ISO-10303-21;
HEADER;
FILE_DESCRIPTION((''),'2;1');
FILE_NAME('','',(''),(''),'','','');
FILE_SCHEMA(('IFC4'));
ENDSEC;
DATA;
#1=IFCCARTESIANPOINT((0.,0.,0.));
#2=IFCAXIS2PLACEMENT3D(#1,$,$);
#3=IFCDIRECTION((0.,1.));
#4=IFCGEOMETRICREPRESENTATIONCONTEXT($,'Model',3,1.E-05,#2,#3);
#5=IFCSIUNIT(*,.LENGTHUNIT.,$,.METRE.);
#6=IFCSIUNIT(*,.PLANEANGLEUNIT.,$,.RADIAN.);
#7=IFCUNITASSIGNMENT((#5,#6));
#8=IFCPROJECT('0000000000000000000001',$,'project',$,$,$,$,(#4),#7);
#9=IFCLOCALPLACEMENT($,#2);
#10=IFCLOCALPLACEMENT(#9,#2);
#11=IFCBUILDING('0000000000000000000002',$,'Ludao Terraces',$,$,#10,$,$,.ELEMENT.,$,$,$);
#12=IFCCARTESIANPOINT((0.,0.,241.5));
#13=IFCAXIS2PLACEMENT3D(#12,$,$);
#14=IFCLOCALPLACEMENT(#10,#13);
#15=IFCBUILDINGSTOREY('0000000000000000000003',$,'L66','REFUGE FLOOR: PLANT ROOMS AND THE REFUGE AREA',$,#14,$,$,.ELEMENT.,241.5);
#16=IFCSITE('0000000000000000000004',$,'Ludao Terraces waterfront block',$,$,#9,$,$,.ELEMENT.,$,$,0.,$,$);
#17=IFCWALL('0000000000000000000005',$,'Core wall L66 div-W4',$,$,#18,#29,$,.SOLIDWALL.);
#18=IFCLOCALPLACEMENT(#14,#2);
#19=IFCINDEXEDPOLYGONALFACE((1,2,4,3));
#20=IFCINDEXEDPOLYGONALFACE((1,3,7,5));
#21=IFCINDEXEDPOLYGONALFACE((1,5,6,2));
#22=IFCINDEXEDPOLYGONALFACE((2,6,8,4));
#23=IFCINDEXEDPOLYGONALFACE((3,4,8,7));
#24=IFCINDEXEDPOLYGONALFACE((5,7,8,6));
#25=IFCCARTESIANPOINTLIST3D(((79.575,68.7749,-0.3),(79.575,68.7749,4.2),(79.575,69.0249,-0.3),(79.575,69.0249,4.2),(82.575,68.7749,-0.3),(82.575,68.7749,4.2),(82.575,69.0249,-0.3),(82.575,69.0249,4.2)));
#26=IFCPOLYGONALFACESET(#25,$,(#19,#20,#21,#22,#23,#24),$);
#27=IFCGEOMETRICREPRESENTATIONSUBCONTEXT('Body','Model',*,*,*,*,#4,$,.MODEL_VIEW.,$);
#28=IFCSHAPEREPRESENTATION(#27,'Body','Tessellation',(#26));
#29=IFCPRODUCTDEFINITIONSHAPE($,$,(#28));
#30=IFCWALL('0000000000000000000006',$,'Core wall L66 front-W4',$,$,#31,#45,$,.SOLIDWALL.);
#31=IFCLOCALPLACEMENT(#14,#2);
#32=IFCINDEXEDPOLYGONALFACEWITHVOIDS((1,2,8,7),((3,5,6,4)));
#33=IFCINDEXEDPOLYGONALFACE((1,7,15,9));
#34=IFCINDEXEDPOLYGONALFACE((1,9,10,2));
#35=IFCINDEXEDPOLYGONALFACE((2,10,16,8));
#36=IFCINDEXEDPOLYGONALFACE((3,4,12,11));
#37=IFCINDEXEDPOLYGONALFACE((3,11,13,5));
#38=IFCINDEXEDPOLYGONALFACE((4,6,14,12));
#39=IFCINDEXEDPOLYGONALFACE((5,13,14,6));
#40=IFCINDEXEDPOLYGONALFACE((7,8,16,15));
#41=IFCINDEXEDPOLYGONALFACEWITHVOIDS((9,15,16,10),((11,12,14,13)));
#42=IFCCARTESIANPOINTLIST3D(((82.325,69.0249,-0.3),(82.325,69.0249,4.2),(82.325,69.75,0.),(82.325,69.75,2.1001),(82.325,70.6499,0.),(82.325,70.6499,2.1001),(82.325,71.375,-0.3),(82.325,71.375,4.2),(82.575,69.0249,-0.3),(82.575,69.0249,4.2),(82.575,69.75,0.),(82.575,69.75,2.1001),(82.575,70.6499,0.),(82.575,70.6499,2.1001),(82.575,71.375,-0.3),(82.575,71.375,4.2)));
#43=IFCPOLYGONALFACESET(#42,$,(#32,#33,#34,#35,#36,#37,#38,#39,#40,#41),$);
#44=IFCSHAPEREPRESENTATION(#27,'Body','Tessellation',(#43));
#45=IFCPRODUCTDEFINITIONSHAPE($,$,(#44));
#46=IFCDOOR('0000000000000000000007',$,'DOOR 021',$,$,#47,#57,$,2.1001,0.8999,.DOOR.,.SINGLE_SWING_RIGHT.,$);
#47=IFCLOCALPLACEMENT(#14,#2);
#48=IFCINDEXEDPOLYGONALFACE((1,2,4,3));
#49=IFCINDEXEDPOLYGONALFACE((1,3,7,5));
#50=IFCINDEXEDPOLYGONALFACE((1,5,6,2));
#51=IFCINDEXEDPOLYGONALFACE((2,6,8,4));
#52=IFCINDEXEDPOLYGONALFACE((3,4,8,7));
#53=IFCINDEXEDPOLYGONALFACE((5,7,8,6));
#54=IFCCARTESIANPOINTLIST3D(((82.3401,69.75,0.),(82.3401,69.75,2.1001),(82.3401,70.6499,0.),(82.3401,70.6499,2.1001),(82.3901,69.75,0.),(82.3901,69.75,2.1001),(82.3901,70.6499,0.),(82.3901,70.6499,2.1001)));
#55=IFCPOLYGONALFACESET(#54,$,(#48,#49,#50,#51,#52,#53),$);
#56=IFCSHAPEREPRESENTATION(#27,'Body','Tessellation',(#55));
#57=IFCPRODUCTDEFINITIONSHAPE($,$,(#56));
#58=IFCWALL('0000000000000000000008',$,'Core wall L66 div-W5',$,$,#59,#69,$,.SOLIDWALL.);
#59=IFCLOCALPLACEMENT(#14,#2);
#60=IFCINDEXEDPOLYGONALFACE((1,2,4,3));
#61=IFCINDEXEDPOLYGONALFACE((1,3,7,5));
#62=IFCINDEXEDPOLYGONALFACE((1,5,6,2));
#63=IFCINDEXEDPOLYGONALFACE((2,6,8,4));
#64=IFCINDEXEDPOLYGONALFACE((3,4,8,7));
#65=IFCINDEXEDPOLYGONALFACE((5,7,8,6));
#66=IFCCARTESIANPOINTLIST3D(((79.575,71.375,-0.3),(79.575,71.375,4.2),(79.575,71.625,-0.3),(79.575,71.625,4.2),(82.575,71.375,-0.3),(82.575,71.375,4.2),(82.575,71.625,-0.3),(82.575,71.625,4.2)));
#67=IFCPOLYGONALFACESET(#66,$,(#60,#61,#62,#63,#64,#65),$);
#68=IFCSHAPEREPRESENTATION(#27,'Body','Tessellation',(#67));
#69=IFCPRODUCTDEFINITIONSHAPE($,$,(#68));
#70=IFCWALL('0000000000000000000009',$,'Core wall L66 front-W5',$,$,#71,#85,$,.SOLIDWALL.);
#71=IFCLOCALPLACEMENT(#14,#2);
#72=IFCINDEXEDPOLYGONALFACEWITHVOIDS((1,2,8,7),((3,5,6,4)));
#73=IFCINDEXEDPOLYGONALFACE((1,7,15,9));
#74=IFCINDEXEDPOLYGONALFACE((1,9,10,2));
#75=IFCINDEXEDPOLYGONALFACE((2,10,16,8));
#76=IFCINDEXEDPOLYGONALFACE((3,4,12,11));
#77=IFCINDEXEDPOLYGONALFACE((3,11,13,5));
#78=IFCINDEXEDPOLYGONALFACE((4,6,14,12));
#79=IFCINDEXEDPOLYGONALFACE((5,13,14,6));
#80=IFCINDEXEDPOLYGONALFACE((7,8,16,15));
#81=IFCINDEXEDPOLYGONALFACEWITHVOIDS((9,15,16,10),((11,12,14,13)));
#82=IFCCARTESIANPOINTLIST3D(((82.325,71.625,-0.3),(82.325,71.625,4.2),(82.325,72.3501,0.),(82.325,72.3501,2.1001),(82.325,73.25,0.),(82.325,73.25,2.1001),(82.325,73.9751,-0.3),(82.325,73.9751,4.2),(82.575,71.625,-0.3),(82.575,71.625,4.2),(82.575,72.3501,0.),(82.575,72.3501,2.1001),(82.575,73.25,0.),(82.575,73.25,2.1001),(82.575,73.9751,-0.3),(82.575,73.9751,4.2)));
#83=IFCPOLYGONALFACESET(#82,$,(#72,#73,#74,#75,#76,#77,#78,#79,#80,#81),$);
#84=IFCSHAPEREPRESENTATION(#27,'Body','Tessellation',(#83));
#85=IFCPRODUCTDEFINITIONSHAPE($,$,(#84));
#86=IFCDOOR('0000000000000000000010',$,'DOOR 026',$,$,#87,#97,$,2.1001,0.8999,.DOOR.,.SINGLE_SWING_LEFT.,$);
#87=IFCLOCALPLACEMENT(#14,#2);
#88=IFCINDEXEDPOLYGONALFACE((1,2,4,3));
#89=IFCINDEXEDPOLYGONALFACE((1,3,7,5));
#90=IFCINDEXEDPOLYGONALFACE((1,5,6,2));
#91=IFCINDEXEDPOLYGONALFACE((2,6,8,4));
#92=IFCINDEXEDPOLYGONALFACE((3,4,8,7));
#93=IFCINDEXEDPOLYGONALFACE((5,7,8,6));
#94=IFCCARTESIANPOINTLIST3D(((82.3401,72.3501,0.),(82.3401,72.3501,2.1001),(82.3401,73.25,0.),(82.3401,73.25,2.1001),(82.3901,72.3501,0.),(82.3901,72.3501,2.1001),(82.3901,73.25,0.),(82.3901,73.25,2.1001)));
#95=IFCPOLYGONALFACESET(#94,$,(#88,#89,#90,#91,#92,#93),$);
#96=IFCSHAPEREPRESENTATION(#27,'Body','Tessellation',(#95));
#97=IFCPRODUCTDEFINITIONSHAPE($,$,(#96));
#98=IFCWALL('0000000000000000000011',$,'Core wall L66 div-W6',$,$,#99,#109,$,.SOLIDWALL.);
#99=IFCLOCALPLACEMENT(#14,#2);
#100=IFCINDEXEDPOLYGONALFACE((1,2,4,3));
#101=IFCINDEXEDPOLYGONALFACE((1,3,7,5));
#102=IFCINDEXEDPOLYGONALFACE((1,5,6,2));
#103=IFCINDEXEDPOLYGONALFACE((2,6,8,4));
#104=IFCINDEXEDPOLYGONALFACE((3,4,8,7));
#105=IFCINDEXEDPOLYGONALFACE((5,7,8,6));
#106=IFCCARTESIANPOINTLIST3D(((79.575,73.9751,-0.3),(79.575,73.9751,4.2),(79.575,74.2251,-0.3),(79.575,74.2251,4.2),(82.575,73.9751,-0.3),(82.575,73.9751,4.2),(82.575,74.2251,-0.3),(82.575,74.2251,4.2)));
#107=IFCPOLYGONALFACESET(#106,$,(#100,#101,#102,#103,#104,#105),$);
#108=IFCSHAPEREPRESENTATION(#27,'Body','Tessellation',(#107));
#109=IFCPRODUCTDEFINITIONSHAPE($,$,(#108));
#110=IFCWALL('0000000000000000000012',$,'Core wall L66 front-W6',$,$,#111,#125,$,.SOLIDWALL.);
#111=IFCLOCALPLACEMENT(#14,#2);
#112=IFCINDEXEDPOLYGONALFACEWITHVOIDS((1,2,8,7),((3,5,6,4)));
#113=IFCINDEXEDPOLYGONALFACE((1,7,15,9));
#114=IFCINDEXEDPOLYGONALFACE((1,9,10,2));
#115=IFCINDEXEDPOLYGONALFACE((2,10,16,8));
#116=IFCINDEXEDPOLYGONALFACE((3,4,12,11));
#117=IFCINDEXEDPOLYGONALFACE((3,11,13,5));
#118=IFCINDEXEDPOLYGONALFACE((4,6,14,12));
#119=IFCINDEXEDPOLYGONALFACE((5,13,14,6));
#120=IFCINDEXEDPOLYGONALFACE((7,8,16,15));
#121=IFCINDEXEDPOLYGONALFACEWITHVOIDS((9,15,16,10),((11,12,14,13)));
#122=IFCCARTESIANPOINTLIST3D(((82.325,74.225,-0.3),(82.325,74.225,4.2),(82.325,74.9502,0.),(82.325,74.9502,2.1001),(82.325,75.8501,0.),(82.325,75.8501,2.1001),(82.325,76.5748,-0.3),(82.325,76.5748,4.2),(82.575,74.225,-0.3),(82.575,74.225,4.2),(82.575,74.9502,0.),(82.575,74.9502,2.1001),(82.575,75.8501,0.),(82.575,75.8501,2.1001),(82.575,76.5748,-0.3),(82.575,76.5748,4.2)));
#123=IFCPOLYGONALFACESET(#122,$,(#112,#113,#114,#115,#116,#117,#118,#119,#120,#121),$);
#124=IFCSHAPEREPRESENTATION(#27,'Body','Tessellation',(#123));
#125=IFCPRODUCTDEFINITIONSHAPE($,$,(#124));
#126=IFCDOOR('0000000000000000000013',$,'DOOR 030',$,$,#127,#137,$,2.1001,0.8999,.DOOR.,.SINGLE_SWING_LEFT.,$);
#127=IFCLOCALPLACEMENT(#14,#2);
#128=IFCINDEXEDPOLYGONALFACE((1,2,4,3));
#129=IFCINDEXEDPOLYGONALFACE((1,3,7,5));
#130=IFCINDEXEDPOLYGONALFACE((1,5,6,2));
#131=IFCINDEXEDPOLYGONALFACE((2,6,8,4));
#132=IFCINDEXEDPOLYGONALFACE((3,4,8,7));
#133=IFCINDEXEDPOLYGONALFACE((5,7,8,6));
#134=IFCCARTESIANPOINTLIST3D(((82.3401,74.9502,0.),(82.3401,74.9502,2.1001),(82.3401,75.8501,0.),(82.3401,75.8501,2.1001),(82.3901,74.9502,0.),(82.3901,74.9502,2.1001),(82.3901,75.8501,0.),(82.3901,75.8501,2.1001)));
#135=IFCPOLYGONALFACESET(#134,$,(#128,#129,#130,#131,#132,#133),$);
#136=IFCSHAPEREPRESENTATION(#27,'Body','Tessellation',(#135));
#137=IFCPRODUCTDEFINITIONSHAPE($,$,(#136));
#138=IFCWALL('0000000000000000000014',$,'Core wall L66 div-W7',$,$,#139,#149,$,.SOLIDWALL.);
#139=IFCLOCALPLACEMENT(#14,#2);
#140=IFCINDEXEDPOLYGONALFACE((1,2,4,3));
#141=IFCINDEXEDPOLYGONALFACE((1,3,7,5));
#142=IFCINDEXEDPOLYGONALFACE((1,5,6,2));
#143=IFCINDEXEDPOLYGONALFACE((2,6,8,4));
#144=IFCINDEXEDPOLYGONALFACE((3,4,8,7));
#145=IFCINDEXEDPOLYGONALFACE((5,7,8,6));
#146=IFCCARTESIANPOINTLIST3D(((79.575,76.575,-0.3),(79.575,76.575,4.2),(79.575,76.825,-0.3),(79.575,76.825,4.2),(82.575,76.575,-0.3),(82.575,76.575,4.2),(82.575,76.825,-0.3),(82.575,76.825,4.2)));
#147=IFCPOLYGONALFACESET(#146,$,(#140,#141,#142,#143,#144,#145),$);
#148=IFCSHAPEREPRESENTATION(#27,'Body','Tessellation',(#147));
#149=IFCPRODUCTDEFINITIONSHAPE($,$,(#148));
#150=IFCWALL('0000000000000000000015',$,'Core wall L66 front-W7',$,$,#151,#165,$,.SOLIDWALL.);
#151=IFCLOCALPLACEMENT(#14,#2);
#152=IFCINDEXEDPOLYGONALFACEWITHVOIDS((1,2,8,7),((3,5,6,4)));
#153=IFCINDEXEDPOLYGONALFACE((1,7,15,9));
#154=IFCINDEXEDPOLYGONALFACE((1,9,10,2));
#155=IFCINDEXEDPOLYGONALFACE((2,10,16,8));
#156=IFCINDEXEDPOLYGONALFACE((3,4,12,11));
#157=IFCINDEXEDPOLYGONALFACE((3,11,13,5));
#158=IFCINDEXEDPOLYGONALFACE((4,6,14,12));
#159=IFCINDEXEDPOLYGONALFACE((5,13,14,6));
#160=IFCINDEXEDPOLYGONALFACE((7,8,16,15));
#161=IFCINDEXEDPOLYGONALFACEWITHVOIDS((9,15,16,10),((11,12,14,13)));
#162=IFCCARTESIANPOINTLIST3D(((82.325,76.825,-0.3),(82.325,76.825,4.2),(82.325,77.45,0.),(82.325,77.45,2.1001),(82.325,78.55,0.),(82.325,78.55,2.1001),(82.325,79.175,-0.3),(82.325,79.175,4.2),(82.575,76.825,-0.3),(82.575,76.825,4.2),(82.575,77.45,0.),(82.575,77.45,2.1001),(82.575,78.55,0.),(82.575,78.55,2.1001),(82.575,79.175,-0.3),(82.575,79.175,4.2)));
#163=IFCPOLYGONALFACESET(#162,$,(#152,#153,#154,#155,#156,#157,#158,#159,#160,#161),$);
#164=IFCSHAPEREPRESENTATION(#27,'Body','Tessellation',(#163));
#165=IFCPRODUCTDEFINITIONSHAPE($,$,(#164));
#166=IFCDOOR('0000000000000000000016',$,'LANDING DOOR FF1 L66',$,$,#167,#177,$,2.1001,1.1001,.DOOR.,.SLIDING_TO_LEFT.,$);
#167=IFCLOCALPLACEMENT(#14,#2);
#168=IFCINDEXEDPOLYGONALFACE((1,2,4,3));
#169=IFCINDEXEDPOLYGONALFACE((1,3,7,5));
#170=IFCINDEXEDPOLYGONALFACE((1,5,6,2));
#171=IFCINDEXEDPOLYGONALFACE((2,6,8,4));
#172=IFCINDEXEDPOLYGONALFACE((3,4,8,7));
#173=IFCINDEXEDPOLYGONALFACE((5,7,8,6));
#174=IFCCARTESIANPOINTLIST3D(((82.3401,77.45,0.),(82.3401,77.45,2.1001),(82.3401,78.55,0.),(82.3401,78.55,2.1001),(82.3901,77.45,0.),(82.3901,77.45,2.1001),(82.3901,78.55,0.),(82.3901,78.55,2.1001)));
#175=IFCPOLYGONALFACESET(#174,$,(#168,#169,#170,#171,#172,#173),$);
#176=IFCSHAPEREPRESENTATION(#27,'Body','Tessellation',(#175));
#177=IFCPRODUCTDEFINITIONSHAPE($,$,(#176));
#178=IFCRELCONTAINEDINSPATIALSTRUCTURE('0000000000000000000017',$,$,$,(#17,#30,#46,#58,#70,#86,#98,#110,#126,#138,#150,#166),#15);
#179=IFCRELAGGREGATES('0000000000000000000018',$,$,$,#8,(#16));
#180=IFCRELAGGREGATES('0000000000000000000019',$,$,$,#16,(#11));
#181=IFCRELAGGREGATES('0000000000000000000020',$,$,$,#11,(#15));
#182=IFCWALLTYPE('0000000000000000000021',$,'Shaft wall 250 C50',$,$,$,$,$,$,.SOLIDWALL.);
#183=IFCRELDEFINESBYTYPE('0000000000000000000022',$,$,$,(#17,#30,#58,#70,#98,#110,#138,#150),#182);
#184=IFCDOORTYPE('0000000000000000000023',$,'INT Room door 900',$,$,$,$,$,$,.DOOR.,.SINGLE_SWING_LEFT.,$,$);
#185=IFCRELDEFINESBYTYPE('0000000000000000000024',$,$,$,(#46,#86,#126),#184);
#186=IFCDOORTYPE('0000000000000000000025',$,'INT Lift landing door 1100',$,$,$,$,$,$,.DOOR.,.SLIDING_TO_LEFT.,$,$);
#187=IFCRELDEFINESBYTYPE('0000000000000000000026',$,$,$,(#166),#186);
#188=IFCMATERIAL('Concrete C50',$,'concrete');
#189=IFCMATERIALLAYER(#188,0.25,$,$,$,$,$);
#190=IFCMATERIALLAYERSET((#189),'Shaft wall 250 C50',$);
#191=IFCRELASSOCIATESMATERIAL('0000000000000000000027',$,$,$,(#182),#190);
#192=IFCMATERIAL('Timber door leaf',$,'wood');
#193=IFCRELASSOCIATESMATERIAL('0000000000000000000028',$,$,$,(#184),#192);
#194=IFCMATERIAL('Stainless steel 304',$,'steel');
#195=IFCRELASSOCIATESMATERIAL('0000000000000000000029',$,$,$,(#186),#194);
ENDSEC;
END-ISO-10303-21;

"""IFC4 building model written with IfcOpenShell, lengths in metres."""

from ifc_helpers import new_model, si_unit, direction, frame, frame_2d, origin, place, context, subcontext, project, spatial, rectangle, extrude, material, layer, layer_set, type_object, element, fill, save


model = new_model("IFC4")

# Units and contexts
model_context = context("Model", 3, precision=1e-05, world=origin(), true_north=direction((0.0, 1.0)))
body_context = subcontext(model_context, "Body", "Model", "MODEL_VIEW")
ifc_project = project(units=[si_unit("LENGTHUNIT", "METRE"), si_unit("PLANEANGLEUNIT", "RADIAN")], contexts=[model_context])

# Site, building, storey
site_placement = place(None, origin())
site = spatial("IfcSite", under=ifc_project, at=site_placement, Name="Ludao Terraces waterfront block", CompositionType="ELEMENT", RefElevation=0.0)
building_placement = place(site_placement, origin())
building = spatial("IfcBuilding", under=site, at=building_placement, Name="Ludao Terraces", CompositionType="ELEMENT")
storey_placement = place(building_placement, frame((0.0, 0.0, 241.5)))
storey = spatial("IfcBuildingStorey", under=building, at=storey_placement, Name="L66", Description="REFUGE FLOOR: PLANT ROOMS AND THE REFUGE AREA", CompositionType="ELEMENT", Elevation=241.5)

# Shared definitions
ifc_material_1 = material(Name="Concrete C50", Category="concrete")

# Shared definitions
ifc_layer_1 = layer(ifc_material_1, 0.25)
ifc_layer_set_1 = layer_set([ifc_layer_1], Name="Shaft wall 250 C50")
wall_type_1 = type_object("IfcWallType", Name="Shaft wall 250 C50", PredefinedType="SOLIDWALL", material=ifc_layer_set_1)

# Shared definitions
ifc_material_2 = material(Name="Timber door leaf", Category="wood")
door_type_1 = type_object("IfcDoorType", Name="INT Room door 900", OperationType="SINGLE_SWING_LEFT", PredefinedType="DOOR", material=ifc_material_2)

# Wall
wall_1_placement = place(storey_placement, frame((79.575, 68.8999, -0.3), z_axis=(0.0, 0.0, 1.0), x_axis=(1.0, 0.0, 0.0)))
element("IfcWall", 1, at=wall_1_placement, inside=storey, type_object=wall_type_1, Name="Core wall L66 div-W4", PredefinedType="SOLIDWALL", context=body_context, shape_type="SweptSolid", body=[
    extrude(rectangle(XDim=3.0, YDim=0.25, at=frame_2d((1.5, 0.0))), origin(), (0.0, 0.0, 1.0), 4.5),
])

# Wall, opening, door
wall_2_placement = place(storey_placement, frame((82.45, 69.0249, -0.3), z_axis=(0.0, 0.0, 1.0), x_axis=(0.0, 1.0, 0.0)))
wall_2 = element("IfcWall", 2, at=wall_2_placement, inside=storey, type_object=wall_type_1, Name="Core wall L66 front-W4", PredefinedType="SOLIDWALL", context=body_context, shape_type="SweptSolid", body=[
    extrude(rectangle(XDim=2.3501, YDim=0.25, at=frame_2d((1.175, 0.0))), origin(), (0.0, 0.0, 1.0), 4.5),
])
opening_1_placement = place(wall_2_placement, frame((0.7251, 0.0, 0.3)))
opening_1 = element("IfcOpeningElement", 3, at=opening_1_placement, cuts=wall_2, PredefinedType="OPENING", context=body_context, shape_type="SweptSolid", body=[
    extrude(rectangle(XDim=0.8999, YDim=2.1001, at=frame_2d((0.45, 1.05))), frame((0.0, 0.135, 0.0), z_axis=(0.0, -1.0, 0.0), x_axis=(1.0, 0.0, 0.0)), (0.0, 0.0, 1.0), 0.27),
])
door_1_placement = place(opening_1_placement, origin())
door_1 = element("IfcDoor", 4, at=door_1_placement, inside=storey, type_object=door_type_1, Name="DOOR 021", OperationType="SINGLE_SWING_RIGHT", OverallHeight=2.1001, OverallWidth=0.8999, PredefinedType="DOOR", context=body_context, shape_type="SweptSolid", body=[
    extrude(rectangle(XDim=0.8999, YDim=2.1001, at=frame_2d((0.45, 1.05))), frame((0.0, 0.1099, 0.0), z_axis=(0.0, -1.0, 0.0), x_axis=(1.0, 0.0, 0.0)), (0.0, 0.0, 1.0), 0.05),
])
fill(opening_1, door_1)

# Wall
wall_3_placement = place(storey_placement, frame((79.575, 71.5, -0.3), z_axis=(0.0, 0.0, 1.0), x_axis=(1.0, 0.0, 0.0)))
element("IfcWall", 5, at=wall_3_placement, inside=storey, type_object=wall_type_1, Name="Core wall L66 div-W5", PredefinedType="SOLIDWALL", context=body_context, shape_type="SweptSolid", body=[
    extrude(rectangle(XDim=3.0, YDim=0.25, at=frame_2d((1.5, 0.0))), origin(), (0.0, 0.0, 1.0), 4.5),
])

# Wall, opening, door
wall_4_placement = place(storey_placement, frame((82.45, 71.625, -0.3), z_axis=(0.0, 0.0, 1.0), x_axis=(0.0, 1.0, 0.0)))
wall_4 = element("IfcWall", 6, at=wall_4_placement, inside=storey, type_object=wall_type_1, Name="Core wall L66 front-W5", PredefinedType="SOLIDWALL", context=body_context, shape_type="SweptSolid", body=[
    extrude(rectangle(XDim=2.3501, YDim=0.25, at=frame_2d((1.175, 0.0))), origin(), (0.0, 0.0, 1.0), 4.5),
])
opening_2_placement = place(wall_4_placement, frame((0.7251, 0.0, 0.3)))
opening_2 = element("IfcOpeningElement", 7, at=opening_2_placement, cuts=wall_4, PredefinedType="OPENING", context=body_context, shape_type="SweptSolid", body=[
    extrude(rectangle(XDim=0.8999, YDim=2.1001, at=frame_2d((0.45, 1.05))), frame((0.0, 0.135, 0.0), z_axis=(0.0, -1.0, 0.0), x_axis=(1.0, 0.0, 0.0)), (0.0, 0.0, 1.0), 0.27),
])
door_2_placement = place(opening_2_placement, origin())
door_2 = element("IfcDoor", 8, at=door_2_placement, inside=storey, type_object=door_type_1, Name="DOOR 026", OperationType="SINGLE_SWING_LEFT", OverallHeight=2.1001, OverallWidth=0.8999, PredefinedType="DOOR", context=body_context, shape_type="SweptSolid", body=[
    extrude(rectangle(XDim=0.8999, YDim=2.1001, at=frame_2d((0.45, 1.05))), frame((0.0, 0.1099, 0.0), z_axis=(0.0, -1.0, 0.0), x_axis=(1.0, 0.0, 0.0)), (0.0, 0.0, 1.0), 0.05),
])
fill(opening_2, door_2)

# Wall
wall_5_placement = place(storey_placement, frame((79.575, 74.1001, -0.3), z_axis=(0.0, 0.0, 1.0), x_axis=(1.0, 0.0, 0.0)))
element("IfcWall", 9, at=wall_5_placement, inside=storey, type_object=wall_type_1, Name="Core wall L66 div-W6", PredefinedType="SOLIDWALL", context=body_context, shape_type="SweptSolid", body=[
    extrude(rectangle(XDim=3.0, YDim=0.25, at=frame_2d((1.5, 0.0))), origin(), (0.0, 0.0, 1.0), 4.5),
])

# Wall, opening, door
wall_6_placement = place(storey_placement, frame((82.45, 74.2251, -0.3), z_axis=(0.0, 0.0, 1.0), x_axis=(0.0, 1.0, 0.0)))
wall_6 = element("IfcWall", 10, at=wall_6_placement, inside=storey, type_object=wall_type_1, Name="Core wall L66 front-W6", PredefinedType="SOLIDWALL", context=body_context, shape_type="SweptSolid", body=[
    extrude(rectangle(XDim=2.3499, YDim=0.25, at=frame_2d((1.1748, 0.0))), origin(), (0.0, 0.0, 1.0), 4.5),
])
opening_3_placement = place(wall_6_placement, frame((0.7251, 0.0, 0.3)))
opening_3 = element("IfcOpeningElement", 11, at=opening_3_placement, cuts=wall_6, PredefinedType="OPENING", context=body_context, shape_type="SweptSolid", body=[
    extrude(rectangle(XDim=0.8999, YDim=2.1001, at=frame_2d((0.45, 1.05))), frame((0.0, 0.135, 0.0), z_axis=(0.0, -1.0, 0.0), x_axis=(1.0, 0.0, 0.0)), (0.0, 0.0, 1.0), 0.27),
])
door_3_placement = place(opening_3_placement, origin())
door_3 = element("IfcDoor", 12, at=door_3_placement, inside=storey, type_object=door_type_1, Name="DOOR 030", OperationType="SINGLE_SWING_LEFT", OverallHeight=2.1001, OverallWidth=0.8999, PredefinedType="DOOR", context=body_context, shape_type="SweptSolid", body=[
    extrude(rectangle(XDim=0.8999, YDim=2.1001, at=frame_2d((0.45, 1.05))), frame((0.0, 0.1099, 0.0), z_axis=(0.0, -1.0, 0.0), x_axis=(1.0, 0.0, 0.0)), (0.0, 0.0, 1.0), 0.05),
])
fill(opening_3, door_3)

# Wall
wall_7_placement = place(storey_placement, frame((79.575, 76.7, -0.3), z_axis=(0.0, 0.0, 1.0), x_axis=(1.0, 0.0, 0.0)))
element("IfcWall", 13, at=wall_7_placement, inside=storey, type_object=wall_type_1, Name="Core wall L66 div-W7", PredefinedType="SOLIDWALL", context=body_context, shape_type="SweptSolid", body=[
    extrude(rectangle(XDim=3.0, YDim=0.25, at=frame_2d((1.5, 0.0))), origin(), (0.0, 0.0, 1.0), 4.5),
])

# Wall, opening, door
wall_8_placement = place(storey_placement, frame((82.45, 76.825, -0.3), z_axis=(0.0, 0.0, 1.0), x_axis=(0.0, 1.0, 0.0)))
wall_8 = element("IfcWall", 14, at=wall_8_placement, inside=storey, type_object=wall_type_1, Name="Core wall L66 front-W7", PredefinedType="SOLIDWALL", context=body_context, shape_type="SweptSolid", body=[
    extrude(rectangle(XDim=2.3501, YDim=0.25, at=frame_2d((1.175, 0.0))), origin(), (0.0, 0.0, 1.0), 4.5),
])
opening_4_placement = place(wall_8_placement, frame((0.625, 0.0, 0.3)))
opening_4 = element("IfcOpeningElement", 15, at=opening_4_placement, cuts=wall_8, PredefinedType="OPENING", context=body_context, shape_type="SweptSolid", body=[
    extrude(rectangle(XDim=1.1001, YDim=2.1001, at=frame_2d((0.55, 1.05))), frame((0.0, 0.135, 0.0), z_axis=(0.0, -1.0, 0.0), x_axis=(1.0, 0.0, 0.0)), (0.0, 0.0, 1.0), 0.27),
])
ifc_material_3 = material(Name="Stainless steel 304", Category="steel")
door_type_2 = type_object("IfcDoorType", Name="INT Lift landing door 1100", OperationType="SLIDING_TO_LEFT", PredefinedType="DOOR", material=ifc_material_3)
door_4_placement = place(opening_4_placement, origin())
door_4 = element("IfcDoor", 16, at=door_4_placement, inside=storey, type_object=door_type_2, Name="LANDING DOOR FF1 L66", OperationType="SLIDING_TO_LEFT", OverallHeight=2.1001, OverallWidth=1.1001, PredefinedType="DOOR", context=body_context, shape_type="SweptSolid", body=[
    extrude(rectangle(XDim=1.1001, YDim=2.1001, at=frame_2d((0.55, 1.05))), frame((0.0, 0.1099, 0.0), z_axis=(0.0, -1.0, 0.0), x_axis=(1.0, 0.0, 0.0)), (0.0, 0.0, 1.0), 0.05),
])
fill(opening_4, door_4)

save(model, "model.ifc")
